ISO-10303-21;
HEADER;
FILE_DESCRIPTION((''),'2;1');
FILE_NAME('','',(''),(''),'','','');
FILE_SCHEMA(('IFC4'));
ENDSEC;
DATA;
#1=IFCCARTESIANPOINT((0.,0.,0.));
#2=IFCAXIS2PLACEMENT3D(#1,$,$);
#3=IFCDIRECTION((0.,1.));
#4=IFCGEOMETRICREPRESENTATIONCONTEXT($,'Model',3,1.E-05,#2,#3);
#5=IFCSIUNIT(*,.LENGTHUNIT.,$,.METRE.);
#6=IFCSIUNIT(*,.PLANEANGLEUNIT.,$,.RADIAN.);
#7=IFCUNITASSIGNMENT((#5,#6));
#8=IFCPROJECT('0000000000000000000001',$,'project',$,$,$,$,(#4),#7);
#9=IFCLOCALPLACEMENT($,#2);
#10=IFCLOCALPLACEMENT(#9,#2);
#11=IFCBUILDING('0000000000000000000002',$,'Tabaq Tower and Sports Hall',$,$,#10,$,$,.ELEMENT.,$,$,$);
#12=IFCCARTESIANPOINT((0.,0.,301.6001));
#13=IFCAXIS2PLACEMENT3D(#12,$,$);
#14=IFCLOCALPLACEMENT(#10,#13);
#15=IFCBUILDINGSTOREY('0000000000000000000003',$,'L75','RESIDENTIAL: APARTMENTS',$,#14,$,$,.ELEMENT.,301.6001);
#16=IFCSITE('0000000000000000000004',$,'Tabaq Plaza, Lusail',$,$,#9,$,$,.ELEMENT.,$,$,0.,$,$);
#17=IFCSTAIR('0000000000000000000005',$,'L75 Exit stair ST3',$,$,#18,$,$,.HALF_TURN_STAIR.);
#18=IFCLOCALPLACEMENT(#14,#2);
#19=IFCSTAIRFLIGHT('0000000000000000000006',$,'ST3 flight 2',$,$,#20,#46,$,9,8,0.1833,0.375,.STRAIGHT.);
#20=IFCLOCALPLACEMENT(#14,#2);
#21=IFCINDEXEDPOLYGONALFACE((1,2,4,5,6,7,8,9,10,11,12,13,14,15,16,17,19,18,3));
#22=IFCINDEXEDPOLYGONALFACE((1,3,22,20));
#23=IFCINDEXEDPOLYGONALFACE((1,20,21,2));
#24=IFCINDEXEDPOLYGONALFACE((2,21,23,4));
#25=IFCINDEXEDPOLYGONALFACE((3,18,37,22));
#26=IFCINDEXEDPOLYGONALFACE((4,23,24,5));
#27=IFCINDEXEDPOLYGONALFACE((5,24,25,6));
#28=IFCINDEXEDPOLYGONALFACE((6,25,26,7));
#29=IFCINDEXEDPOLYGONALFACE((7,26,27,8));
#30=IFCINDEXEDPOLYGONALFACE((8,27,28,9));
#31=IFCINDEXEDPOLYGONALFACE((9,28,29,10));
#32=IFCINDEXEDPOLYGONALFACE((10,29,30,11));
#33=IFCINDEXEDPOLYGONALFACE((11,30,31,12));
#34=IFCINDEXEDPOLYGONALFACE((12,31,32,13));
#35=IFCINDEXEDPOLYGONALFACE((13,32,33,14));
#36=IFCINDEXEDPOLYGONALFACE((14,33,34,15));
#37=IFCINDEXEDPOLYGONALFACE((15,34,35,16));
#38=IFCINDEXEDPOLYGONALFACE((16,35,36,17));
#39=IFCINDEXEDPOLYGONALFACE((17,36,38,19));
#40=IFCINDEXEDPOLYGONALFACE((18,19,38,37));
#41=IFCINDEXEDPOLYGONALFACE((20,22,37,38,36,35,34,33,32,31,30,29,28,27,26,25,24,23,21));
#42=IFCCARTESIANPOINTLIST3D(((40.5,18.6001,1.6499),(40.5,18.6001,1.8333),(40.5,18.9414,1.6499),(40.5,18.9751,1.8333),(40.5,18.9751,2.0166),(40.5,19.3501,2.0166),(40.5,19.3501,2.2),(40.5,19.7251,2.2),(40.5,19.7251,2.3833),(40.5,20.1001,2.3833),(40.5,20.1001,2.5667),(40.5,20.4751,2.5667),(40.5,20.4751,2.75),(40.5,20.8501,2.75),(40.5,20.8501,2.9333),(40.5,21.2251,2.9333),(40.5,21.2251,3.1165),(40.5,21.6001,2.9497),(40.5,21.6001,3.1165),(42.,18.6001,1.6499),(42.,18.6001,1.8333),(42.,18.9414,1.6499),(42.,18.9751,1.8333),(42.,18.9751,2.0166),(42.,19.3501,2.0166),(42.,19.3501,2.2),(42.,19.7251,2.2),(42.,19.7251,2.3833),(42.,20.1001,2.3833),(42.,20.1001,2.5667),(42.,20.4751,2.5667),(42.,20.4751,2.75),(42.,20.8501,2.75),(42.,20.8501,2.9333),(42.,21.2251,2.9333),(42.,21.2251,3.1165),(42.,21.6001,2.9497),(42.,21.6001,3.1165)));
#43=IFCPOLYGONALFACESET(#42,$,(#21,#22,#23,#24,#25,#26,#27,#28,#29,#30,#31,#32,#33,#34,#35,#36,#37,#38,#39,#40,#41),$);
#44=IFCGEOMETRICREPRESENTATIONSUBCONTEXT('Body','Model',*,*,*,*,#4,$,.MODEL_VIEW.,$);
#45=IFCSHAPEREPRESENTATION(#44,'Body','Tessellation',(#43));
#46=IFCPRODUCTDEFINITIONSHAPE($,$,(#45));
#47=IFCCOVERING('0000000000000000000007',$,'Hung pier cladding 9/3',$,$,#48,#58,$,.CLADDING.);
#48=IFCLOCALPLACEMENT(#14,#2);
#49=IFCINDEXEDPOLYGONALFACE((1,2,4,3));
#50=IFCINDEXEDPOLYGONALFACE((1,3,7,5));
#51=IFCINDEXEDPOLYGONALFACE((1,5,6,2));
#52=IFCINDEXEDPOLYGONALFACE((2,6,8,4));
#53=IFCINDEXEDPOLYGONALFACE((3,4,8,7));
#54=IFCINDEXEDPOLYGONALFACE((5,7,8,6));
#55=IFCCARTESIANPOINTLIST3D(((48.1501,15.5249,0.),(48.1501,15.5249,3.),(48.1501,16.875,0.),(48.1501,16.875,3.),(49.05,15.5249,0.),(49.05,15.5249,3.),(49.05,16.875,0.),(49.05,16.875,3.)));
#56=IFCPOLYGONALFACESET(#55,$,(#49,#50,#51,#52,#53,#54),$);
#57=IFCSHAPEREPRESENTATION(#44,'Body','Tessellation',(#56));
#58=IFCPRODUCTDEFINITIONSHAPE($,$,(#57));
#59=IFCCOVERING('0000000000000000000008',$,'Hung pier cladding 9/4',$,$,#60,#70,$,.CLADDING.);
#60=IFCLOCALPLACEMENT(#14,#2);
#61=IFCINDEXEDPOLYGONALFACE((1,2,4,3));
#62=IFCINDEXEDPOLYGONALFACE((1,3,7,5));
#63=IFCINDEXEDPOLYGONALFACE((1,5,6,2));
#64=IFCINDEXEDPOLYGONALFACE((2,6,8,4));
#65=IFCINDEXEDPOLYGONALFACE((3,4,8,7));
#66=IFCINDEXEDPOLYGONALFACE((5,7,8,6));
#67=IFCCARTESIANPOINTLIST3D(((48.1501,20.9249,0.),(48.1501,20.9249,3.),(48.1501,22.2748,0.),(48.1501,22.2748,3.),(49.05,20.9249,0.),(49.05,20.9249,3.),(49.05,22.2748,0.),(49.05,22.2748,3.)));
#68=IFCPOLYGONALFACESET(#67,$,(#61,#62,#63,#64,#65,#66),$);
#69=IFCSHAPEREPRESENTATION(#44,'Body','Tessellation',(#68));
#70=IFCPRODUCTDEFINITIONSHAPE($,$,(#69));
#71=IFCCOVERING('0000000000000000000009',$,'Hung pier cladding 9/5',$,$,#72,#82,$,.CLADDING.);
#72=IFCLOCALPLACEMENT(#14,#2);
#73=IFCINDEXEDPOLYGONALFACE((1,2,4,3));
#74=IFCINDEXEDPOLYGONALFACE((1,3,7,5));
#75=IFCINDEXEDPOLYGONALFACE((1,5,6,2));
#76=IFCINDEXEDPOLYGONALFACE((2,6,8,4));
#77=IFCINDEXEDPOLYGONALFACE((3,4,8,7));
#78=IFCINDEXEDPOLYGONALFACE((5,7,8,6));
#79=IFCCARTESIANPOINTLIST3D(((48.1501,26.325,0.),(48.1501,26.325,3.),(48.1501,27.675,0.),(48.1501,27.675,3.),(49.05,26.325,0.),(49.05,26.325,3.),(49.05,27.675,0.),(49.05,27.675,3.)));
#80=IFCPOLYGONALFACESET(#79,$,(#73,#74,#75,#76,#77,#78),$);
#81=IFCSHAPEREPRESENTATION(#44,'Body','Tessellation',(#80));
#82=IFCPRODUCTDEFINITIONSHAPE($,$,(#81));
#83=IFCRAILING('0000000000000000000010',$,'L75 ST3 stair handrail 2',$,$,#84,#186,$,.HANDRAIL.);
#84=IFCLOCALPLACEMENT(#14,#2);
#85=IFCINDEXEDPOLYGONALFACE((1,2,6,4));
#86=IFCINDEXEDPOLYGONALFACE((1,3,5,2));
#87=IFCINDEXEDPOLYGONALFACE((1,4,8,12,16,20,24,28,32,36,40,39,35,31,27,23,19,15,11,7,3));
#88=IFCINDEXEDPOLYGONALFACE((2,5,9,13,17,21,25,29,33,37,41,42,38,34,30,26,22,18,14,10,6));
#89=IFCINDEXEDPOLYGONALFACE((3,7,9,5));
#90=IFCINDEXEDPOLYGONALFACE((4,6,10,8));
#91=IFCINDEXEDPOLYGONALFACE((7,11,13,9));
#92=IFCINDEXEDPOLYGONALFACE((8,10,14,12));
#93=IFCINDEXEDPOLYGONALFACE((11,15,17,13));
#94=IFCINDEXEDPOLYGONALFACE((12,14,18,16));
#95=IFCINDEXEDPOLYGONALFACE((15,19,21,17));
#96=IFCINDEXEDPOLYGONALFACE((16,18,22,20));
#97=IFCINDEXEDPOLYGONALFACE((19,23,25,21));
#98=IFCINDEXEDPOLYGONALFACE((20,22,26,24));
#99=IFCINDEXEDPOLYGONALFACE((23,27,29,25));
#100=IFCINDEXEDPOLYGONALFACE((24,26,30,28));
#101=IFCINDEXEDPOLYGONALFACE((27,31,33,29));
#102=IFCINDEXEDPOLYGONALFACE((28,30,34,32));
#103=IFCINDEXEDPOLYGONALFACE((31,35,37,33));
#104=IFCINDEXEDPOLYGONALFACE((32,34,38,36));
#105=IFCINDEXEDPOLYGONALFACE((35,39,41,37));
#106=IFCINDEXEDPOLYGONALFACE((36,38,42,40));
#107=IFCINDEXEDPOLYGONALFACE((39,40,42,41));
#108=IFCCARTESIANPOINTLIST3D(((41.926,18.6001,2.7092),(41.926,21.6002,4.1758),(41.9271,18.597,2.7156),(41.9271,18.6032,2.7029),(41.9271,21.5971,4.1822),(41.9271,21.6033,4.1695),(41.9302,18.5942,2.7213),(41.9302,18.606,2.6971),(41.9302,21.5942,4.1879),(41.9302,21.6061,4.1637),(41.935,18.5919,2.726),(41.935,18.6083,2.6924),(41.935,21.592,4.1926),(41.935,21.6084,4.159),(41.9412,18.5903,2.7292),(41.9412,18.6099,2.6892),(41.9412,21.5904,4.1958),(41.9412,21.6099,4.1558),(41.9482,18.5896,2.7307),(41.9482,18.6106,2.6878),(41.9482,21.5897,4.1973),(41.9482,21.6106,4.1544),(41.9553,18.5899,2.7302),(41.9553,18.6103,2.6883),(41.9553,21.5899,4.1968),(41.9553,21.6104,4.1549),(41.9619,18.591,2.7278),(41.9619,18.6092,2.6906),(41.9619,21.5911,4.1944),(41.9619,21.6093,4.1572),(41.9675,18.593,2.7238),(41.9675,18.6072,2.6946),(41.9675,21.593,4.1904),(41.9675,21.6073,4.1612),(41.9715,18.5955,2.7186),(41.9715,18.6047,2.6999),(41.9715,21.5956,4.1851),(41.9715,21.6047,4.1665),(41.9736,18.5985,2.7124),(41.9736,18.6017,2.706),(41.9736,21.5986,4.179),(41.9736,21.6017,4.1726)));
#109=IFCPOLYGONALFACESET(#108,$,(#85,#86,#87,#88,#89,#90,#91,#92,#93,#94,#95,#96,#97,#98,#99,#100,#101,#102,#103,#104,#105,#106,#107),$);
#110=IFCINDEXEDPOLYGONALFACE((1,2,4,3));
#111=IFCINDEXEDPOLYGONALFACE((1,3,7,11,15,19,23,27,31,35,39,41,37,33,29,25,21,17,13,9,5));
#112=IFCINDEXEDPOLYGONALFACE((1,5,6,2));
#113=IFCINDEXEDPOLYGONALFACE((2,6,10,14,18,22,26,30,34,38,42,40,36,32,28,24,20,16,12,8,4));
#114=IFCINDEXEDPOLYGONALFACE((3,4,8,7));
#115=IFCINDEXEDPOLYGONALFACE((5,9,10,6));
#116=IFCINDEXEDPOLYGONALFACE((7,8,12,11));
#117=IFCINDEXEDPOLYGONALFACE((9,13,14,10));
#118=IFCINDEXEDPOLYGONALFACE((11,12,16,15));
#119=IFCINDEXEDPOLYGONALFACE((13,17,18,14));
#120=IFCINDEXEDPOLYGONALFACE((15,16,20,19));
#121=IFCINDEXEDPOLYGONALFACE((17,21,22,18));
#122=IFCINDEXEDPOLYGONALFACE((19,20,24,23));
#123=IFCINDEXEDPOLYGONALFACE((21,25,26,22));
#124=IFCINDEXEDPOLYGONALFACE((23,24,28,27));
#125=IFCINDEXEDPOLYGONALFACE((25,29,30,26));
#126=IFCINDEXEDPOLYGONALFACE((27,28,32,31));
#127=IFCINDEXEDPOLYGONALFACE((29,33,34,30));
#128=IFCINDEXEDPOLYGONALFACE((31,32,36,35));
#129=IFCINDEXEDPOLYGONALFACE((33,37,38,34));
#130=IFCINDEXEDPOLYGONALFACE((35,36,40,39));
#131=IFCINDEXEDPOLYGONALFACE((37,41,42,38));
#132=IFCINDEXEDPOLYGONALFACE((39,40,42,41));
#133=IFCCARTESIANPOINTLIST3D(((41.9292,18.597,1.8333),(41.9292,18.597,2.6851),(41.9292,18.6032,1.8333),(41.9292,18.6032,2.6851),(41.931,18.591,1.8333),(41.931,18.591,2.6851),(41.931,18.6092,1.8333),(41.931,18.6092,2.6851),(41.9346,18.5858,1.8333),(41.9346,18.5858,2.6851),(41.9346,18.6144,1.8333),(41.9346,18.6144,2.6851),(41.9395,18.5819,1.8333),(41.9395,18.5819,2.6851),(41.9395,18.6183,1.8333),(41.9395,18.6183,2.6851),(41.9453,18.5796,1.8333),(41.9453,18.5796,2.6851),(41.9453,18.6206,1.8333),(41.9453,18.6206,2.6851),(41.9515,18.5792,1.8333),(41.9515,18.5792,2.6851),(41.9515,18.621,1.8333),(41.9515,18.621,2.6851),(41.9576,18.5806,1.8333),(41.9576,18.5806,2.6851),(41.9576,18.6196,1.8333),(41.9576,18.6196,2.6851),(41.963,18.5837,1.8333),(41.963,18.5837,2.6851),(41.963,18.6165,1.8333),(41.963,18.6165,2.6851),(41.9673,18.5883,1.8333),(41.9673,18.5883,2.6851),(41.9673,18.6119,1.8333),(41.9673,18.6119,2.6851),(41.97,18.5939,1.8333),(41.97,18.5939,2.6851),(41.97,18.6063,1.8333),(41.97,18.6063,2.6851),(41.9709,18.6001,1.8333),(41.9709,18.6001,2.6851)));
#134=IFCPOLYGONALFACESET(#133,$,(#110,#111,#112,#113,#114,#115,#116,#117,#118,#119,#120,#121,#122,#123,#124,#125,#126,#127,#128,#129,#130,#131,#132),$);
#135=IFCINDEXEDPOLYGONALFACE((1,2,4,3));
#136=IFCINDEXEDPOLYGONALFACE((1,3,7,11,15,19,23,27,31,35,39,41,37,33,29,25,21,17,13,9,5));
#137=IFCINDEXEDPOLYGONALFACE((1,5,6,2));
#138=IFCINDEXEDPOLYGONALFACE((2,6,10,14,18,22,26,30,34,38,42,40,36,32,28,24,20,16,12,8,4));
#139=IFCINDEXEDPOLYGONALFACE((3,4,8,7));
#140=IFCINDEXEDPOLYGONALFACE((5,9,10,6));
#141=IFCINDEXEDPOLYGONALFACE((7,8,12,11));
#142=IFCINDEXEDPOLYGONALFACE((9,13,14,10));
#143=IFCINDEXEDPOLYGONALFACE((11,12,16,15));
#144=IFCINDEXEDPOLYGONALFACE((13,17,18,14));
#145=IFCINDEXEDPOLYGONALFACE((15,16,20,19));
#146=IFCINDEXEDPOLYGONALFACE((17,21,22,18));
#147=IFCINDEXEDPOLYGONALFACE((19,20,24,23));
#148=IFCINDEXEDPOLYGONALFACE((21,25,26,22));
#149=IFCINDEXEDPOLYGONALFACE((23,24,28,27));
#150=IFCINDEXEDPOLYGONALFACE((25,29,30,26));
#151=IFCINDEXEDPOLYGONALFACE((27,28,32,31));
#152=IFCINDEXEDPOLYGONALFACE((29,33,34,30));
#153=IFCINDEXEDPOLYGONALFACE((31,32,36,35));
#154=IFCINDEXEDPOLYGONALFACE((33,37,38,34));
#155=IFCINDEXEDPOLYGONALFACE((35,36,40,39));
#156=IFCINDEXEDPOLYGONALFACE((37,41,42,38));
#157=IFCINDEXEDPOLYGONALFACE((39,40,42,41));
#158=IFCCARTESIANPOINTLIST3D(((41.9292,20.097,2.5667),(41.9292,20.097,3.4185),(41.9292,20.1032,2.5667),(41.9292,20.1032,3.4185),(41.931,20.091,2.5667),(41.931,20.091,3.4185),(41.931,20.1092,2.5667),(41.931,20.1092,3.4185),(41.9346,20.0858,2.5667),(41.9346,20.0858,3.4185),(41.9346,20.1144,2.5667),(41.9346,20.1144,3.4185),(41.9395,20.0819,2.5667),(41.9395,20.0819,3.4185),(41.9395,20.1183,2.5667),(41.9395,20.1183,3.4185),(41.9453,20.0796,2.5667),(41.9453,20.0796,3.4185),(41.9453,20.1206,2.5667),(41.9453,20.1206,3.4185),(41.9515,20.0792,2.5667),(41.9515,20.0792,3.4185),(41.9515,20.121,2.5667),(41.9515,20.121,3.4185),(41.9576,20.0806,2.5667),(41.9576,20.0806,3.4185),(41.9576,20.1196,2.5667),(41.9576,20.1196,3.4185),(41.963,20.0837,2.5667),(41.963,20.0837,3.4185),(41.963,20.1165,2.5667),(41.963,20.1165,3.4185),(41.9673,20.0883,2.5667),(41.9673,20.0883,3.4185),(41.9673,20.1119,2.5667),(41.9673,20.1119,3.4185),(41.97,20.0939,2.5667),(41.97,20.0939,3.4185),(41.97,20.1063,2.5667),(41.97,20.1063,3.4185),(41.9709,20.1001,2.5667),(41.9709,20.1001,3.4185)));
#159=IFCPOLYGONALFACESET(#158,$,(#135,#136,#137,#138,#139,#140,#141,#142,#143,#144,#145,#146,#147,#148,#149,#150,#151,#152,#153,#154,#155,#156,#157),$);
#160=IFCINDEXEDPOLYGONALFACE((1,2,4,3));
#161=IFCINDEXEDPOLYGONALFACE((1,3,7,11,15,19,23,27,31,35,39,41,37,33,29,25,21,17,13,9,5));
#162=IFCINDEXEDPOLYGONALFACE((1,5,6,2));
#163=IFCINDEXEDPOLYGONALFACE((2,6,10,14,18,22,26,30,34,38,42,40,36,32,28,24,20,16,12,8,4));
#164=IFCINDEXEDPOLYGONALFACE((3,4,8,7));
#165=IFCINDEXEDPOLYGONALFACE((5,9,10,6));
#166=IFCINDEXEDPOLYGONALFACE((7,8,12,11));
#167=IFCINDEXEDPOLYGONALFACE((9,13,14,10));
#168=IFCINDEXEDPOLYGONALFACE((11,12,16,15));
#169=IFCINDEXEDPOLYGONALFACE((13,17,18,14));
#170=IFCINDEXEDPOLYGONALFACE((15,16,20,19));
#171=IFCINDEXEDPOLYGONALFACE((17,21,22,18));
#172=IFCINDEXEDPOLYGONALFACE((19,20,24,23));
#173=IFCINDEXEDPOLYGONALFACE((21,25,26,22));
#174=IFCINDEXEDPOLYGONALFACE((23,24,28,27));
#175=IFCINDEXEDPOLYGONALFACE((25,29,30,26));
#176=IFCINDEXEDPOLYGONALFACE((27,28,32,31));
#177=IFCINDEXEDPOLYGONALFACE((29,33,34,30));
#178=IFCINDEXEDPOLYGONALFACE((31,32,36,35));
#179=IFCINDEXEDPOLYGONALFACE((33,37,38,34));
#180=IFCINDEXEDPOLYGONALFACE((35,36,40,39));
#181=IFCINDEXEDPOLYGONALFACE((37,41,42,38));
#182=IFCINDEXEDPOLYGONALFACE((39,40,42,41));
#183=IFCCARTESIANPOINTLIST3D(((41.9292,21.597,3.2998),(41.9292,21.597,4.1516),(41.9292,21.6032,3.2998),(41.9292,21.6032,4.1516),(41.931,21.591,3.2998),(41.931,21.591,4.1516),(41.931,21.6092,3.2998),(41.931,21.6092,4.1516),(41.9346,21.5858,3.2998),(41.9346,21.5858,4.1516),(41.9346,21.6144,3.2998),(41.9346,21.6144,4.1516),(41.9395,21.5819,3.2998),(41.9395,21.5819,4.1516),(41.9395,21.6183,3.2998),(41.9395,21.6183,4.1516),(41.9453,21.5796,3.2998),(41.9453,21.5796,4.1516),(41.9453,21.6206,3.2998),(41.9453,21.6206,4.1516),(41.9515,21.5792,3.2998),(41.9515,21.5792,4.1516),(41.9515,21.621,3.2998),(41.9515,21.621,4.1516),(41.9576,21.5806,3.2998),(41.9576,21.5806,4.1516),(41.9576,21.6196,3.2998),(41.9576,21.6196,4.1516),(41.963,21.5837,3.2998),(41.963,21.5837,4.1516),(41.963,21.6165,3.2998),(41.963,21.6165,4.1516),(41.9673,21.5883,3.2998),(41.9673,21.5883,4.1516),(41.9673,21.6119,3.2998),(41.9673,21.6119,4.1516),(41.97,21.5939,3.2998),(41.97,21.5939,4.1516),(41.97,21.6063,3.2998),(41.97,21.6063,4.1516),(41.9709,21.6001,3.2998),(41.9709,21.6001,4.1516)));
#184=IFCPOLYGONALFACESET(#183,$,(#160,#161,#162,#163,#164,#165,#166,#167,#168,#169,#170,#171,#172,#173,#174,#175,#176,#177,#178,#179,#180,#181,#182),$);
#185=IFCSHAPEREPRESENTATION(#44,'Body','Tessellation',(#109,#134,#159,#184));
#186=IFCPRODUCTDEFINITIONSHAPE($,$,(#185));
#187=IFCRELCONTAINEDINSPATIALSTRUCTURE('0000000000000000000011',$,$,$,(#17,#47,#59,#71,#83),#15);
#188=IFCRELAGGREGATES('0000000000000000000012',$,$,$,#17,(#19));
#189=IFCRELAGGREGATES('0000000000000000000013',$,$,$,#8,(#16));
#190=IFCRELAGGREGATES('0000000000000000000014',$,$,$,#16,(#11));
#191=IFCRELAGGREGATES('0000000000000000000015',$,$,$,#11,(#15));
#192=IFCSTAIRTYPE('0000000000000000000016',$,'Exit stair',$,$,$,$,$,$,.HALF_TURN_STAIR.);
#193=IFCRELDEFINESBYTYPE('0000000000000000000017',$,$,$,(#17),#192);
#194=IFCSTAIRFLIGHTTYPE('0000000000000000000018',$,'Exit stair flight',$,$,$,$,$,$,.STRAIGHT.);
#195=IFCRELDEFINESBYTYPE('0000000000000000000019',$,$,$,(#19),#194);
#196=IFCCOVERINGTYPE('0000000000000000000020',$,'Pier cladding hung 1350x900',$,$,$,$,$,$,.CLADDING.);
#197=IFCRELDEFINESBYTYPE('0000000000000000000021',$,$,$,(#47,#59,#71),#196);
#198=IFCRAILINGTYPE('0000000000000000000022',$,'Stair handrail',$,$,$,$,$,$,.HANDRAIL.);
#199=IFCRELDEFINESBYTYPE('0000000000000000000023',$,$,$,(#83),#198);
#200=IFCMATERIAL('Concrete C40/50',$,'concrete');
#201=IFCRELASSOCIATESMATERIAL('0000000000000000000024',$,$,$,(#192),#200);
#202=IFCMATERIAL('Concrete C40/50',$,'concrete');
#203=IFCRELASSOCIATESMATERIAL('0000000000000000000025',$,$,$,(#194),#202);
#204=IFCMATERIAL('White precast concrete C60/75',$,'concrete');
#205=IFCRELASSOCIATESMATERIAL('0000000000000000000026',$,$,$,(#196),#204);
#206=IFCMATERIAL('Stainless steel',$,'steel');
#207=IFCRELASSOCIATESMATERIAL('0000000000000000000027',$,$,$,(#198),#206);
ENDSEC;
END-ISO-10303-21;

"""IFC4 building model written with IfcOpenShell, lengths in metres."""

from ifc_helpers import new_model, si_unit, direction, frame, frame_2d, origin, origin_2d, place, context, subcontext, project, spatial, polyline, rectangle, circle, outline, extrude, material, type_object, element, aggregate, save


model = new_model("IFC4")

# Units and contexts
model_context = context("Model", 3, precision=1e-05, world=origin(), true_north=direction((0.0, 1.0)))
body_context = subcontext(model_context, "Body", "Model", "MODEL_VIEW")
ifc_project = project(units=[si_unit("LENGTHUNIT", "METRE"), si_unit("PLANEANGLEUNIT", "RADIAN")], contexts=[model_context])

# Site, building, storey
site_placement = place(None, origin())
site = spatial("IfcSite", under=ifc_project, at=site_placement, Name="Tabaq Plaza, Lusail", CompositionType="ELEMENT", RefElevation=0.0)
building_placement = place(site_placement, origin())
building = spatial("IfcBuilding", under=site, at=building_placement, Name="Tabaq Tower and Sports Hall", CompositionType="ELEMENT")
storey_placement = place(building_placement, frame((0.0, 0.0, 301.6001)))
storey = spatial("IfcBuildingStorey", under=building, at=storey_placement, Name="L75", Description="RESIDENTIAL: APARTMENTS", CompositionType="ELEMENT", Elevation=301.6001)

# Stair, stair flight
ifc_material_1 = material(Name="Concrete C40/50", Category="concrete")
stair_type = type_object("IfcStairType", Name="Exit stair", PredefinedType="HALF_TURN_STAIR", material=ifc_material_1)
stair_placement = place(storey_placement, origin())
stair = element("IfcStair", 1, at=stair_placement, inside=storey, type_object=stair_type, Name="L75 Exit stair ST3", PredefinedType="HALF_TURN_STAIR")
ifc_material_2 = material(Name="Concrete C40/50", Category="concrete")
stair_flight_type = type_object("IfcStairFlightType", Name="Exit stair flight", PredefinedType="STRAIGHT", material=ifc_material_2)
stair_flight_1_placement = place(storey_placement, frame((41.25, 18.6001, 1.6499), z_axis=(0.0, 0.0, 1.0), x_axis=(0.0, 1.0, 0.0)))
stair_flight_1 = element("IfcStairFlight", 2, at=stair_flight_1_placement, type_object=stair_flight_type, Name="ST3 flight 2", NumberOfRisers=9, NumberOfTreads=8, PredefinedType="STRAIGHT", RiserHeight=0.1833, TreadLength=0.375, context=body_context, shape_type="SweptSolid", body=[
    extrude(outline(polyline([(0.0, 0.0), (0.0, 0.1833), (0.375, 0.1833), (0.375, 0.3667), (0.75, 0.3667), (0.75, 0.55), (1.125, 0.55), (1.125, 0.7334), (1.5, 0.7334), (1.5, 0.9167), (1.875, 0.9167), (1.875, 1.1001), (2.25, 1.1001), (2.25, 1.2834), (2.625, 1.2834), (2.625, 1.4666), (3.0, 1.4666), (3.0, 1.6499), (3.0, 1.2998), (0.3413, 0.0), (0.0, 0.0)])), frame((0.0, 0.75, 0.0), z_axis=(0.0, -1.0, 0.0), x_axis=(1.0, 0.0, 0.0)), (0.0, 0.0, 1.0), 1.5),
])
aggregate(stair, [stair_flight_1])

# Coverings
ifc_material_3 = material(Name="White precast concrete C60/75", Category="concrete")
covering_type_1 = type_object("IfcCoveringType", Name="Pier cladding hung 1350x900", PredefinedType="CLADDING", material=ifc_material_3)
covering_1_placement = place(storey_placement, frame((48.6001, 15.5249, 0.0), z_axis=(0.0, 0.0, 1.0), x_axis=(0.0, 1.0, 0.0)))
element("IfcCovering", 3, at=covering_1_placement, inside=storey, type_object=covering_type_1, Name="Hung pier cladding 9/3", PredefinedType="CLADDING", context=body_context, shape_type="SweptSolid", body=[
    extrude(rectangle(XDim=1.3501, YDim=0.8999, at=frame_2d((0.675, 0.0))), origin(), (0.0, 0.0, 1.0), 3.0),
])
covering_2_placement = place(storey_placement, frame((48.6001, 20.925, 0.0), z_axis=(0.0, 0.0, 1.0), x_axis=(0.0, 1.0, 0.0)))
element("IfcCovering", 4, at=covering_2_placement, inside=storey, type_object=covering_type_1, Name="Hung pier cladding 9/4", PredefinedType="CLADDING", context=body_context, shape_type="SweptSolid", body=[
    extrude(rectangle(XDim=1.3499, YDim=0.8999, at=frame_2d((0.6748, 0.0))), origin(), (0.0, 0.0, 1.0), 3.0),
])
covering_3_placement = place(storey_placement, frame((48.6001, 26.325, 0.0), z_axis=(0.0, 0.0, 1.0), x_axis=(0.0, 1.0, 0.0)))
element("IfcCovering", 5, at=covering_3_placement, inside=storey, type_object=covering_type_1, Name="Hung pier cladding 9/5", PredefinedType="CLADDING", context=body_context, shape_type="SweptSolid", body=[
    extrude(rectangle(XDim=1.3501, YDim=0.8999, at=frame_2d((0.675, 0.0))), origin(), (0.0, 0.0, 1.0), 3.0),
])

# Railing
ifc_material_4 = material(Name="Stainless steel", Category="steel")
railing_type_1 = type_object("IfcRailingType", Name="Stair handrail", PredefinedType="HANDRAIL", material=ifc_material_4)
railing_1_placement = place(storey_placement, frame((41.95, 18.6001, 1.8333)))
element("IfcRailing", 6, at=railing_1_placement, inside=storey, type_object=railing_type_1, Name="L75 ST3 stair handrail 2", PredefinedType="HANDRAIL", context=body_context, shape_type="SweptSolid", body=[
    extrude(circle(Radius=0.0239, at=origin_2d()), frame((0.0, 0.0, 0.876), z_axis=(0.0, 0.898398, 0.439183), x_axis=(-1.0, 0.0, 0.0)), (0.0, 0.0, 1.0), 3.3394),
    extrude(circle(Radius=0.021, at=origin_2d()), origin(), (0.0, 0.0, 1.0), 0.8518),
    extrude(circle(Radius=0.021, at=origin_2d()), frame((0.0, 1.5, 0.7334)), (0.0, 0.0, 1.0), 0.8518),
    extrude(circle(Radius=0.021, at=origin_2d()), frame((0.0, 3.0, 1.4666)), (0.0, 0.0, 1.0), 0.8518),
])

save(model, "model.ifc")
